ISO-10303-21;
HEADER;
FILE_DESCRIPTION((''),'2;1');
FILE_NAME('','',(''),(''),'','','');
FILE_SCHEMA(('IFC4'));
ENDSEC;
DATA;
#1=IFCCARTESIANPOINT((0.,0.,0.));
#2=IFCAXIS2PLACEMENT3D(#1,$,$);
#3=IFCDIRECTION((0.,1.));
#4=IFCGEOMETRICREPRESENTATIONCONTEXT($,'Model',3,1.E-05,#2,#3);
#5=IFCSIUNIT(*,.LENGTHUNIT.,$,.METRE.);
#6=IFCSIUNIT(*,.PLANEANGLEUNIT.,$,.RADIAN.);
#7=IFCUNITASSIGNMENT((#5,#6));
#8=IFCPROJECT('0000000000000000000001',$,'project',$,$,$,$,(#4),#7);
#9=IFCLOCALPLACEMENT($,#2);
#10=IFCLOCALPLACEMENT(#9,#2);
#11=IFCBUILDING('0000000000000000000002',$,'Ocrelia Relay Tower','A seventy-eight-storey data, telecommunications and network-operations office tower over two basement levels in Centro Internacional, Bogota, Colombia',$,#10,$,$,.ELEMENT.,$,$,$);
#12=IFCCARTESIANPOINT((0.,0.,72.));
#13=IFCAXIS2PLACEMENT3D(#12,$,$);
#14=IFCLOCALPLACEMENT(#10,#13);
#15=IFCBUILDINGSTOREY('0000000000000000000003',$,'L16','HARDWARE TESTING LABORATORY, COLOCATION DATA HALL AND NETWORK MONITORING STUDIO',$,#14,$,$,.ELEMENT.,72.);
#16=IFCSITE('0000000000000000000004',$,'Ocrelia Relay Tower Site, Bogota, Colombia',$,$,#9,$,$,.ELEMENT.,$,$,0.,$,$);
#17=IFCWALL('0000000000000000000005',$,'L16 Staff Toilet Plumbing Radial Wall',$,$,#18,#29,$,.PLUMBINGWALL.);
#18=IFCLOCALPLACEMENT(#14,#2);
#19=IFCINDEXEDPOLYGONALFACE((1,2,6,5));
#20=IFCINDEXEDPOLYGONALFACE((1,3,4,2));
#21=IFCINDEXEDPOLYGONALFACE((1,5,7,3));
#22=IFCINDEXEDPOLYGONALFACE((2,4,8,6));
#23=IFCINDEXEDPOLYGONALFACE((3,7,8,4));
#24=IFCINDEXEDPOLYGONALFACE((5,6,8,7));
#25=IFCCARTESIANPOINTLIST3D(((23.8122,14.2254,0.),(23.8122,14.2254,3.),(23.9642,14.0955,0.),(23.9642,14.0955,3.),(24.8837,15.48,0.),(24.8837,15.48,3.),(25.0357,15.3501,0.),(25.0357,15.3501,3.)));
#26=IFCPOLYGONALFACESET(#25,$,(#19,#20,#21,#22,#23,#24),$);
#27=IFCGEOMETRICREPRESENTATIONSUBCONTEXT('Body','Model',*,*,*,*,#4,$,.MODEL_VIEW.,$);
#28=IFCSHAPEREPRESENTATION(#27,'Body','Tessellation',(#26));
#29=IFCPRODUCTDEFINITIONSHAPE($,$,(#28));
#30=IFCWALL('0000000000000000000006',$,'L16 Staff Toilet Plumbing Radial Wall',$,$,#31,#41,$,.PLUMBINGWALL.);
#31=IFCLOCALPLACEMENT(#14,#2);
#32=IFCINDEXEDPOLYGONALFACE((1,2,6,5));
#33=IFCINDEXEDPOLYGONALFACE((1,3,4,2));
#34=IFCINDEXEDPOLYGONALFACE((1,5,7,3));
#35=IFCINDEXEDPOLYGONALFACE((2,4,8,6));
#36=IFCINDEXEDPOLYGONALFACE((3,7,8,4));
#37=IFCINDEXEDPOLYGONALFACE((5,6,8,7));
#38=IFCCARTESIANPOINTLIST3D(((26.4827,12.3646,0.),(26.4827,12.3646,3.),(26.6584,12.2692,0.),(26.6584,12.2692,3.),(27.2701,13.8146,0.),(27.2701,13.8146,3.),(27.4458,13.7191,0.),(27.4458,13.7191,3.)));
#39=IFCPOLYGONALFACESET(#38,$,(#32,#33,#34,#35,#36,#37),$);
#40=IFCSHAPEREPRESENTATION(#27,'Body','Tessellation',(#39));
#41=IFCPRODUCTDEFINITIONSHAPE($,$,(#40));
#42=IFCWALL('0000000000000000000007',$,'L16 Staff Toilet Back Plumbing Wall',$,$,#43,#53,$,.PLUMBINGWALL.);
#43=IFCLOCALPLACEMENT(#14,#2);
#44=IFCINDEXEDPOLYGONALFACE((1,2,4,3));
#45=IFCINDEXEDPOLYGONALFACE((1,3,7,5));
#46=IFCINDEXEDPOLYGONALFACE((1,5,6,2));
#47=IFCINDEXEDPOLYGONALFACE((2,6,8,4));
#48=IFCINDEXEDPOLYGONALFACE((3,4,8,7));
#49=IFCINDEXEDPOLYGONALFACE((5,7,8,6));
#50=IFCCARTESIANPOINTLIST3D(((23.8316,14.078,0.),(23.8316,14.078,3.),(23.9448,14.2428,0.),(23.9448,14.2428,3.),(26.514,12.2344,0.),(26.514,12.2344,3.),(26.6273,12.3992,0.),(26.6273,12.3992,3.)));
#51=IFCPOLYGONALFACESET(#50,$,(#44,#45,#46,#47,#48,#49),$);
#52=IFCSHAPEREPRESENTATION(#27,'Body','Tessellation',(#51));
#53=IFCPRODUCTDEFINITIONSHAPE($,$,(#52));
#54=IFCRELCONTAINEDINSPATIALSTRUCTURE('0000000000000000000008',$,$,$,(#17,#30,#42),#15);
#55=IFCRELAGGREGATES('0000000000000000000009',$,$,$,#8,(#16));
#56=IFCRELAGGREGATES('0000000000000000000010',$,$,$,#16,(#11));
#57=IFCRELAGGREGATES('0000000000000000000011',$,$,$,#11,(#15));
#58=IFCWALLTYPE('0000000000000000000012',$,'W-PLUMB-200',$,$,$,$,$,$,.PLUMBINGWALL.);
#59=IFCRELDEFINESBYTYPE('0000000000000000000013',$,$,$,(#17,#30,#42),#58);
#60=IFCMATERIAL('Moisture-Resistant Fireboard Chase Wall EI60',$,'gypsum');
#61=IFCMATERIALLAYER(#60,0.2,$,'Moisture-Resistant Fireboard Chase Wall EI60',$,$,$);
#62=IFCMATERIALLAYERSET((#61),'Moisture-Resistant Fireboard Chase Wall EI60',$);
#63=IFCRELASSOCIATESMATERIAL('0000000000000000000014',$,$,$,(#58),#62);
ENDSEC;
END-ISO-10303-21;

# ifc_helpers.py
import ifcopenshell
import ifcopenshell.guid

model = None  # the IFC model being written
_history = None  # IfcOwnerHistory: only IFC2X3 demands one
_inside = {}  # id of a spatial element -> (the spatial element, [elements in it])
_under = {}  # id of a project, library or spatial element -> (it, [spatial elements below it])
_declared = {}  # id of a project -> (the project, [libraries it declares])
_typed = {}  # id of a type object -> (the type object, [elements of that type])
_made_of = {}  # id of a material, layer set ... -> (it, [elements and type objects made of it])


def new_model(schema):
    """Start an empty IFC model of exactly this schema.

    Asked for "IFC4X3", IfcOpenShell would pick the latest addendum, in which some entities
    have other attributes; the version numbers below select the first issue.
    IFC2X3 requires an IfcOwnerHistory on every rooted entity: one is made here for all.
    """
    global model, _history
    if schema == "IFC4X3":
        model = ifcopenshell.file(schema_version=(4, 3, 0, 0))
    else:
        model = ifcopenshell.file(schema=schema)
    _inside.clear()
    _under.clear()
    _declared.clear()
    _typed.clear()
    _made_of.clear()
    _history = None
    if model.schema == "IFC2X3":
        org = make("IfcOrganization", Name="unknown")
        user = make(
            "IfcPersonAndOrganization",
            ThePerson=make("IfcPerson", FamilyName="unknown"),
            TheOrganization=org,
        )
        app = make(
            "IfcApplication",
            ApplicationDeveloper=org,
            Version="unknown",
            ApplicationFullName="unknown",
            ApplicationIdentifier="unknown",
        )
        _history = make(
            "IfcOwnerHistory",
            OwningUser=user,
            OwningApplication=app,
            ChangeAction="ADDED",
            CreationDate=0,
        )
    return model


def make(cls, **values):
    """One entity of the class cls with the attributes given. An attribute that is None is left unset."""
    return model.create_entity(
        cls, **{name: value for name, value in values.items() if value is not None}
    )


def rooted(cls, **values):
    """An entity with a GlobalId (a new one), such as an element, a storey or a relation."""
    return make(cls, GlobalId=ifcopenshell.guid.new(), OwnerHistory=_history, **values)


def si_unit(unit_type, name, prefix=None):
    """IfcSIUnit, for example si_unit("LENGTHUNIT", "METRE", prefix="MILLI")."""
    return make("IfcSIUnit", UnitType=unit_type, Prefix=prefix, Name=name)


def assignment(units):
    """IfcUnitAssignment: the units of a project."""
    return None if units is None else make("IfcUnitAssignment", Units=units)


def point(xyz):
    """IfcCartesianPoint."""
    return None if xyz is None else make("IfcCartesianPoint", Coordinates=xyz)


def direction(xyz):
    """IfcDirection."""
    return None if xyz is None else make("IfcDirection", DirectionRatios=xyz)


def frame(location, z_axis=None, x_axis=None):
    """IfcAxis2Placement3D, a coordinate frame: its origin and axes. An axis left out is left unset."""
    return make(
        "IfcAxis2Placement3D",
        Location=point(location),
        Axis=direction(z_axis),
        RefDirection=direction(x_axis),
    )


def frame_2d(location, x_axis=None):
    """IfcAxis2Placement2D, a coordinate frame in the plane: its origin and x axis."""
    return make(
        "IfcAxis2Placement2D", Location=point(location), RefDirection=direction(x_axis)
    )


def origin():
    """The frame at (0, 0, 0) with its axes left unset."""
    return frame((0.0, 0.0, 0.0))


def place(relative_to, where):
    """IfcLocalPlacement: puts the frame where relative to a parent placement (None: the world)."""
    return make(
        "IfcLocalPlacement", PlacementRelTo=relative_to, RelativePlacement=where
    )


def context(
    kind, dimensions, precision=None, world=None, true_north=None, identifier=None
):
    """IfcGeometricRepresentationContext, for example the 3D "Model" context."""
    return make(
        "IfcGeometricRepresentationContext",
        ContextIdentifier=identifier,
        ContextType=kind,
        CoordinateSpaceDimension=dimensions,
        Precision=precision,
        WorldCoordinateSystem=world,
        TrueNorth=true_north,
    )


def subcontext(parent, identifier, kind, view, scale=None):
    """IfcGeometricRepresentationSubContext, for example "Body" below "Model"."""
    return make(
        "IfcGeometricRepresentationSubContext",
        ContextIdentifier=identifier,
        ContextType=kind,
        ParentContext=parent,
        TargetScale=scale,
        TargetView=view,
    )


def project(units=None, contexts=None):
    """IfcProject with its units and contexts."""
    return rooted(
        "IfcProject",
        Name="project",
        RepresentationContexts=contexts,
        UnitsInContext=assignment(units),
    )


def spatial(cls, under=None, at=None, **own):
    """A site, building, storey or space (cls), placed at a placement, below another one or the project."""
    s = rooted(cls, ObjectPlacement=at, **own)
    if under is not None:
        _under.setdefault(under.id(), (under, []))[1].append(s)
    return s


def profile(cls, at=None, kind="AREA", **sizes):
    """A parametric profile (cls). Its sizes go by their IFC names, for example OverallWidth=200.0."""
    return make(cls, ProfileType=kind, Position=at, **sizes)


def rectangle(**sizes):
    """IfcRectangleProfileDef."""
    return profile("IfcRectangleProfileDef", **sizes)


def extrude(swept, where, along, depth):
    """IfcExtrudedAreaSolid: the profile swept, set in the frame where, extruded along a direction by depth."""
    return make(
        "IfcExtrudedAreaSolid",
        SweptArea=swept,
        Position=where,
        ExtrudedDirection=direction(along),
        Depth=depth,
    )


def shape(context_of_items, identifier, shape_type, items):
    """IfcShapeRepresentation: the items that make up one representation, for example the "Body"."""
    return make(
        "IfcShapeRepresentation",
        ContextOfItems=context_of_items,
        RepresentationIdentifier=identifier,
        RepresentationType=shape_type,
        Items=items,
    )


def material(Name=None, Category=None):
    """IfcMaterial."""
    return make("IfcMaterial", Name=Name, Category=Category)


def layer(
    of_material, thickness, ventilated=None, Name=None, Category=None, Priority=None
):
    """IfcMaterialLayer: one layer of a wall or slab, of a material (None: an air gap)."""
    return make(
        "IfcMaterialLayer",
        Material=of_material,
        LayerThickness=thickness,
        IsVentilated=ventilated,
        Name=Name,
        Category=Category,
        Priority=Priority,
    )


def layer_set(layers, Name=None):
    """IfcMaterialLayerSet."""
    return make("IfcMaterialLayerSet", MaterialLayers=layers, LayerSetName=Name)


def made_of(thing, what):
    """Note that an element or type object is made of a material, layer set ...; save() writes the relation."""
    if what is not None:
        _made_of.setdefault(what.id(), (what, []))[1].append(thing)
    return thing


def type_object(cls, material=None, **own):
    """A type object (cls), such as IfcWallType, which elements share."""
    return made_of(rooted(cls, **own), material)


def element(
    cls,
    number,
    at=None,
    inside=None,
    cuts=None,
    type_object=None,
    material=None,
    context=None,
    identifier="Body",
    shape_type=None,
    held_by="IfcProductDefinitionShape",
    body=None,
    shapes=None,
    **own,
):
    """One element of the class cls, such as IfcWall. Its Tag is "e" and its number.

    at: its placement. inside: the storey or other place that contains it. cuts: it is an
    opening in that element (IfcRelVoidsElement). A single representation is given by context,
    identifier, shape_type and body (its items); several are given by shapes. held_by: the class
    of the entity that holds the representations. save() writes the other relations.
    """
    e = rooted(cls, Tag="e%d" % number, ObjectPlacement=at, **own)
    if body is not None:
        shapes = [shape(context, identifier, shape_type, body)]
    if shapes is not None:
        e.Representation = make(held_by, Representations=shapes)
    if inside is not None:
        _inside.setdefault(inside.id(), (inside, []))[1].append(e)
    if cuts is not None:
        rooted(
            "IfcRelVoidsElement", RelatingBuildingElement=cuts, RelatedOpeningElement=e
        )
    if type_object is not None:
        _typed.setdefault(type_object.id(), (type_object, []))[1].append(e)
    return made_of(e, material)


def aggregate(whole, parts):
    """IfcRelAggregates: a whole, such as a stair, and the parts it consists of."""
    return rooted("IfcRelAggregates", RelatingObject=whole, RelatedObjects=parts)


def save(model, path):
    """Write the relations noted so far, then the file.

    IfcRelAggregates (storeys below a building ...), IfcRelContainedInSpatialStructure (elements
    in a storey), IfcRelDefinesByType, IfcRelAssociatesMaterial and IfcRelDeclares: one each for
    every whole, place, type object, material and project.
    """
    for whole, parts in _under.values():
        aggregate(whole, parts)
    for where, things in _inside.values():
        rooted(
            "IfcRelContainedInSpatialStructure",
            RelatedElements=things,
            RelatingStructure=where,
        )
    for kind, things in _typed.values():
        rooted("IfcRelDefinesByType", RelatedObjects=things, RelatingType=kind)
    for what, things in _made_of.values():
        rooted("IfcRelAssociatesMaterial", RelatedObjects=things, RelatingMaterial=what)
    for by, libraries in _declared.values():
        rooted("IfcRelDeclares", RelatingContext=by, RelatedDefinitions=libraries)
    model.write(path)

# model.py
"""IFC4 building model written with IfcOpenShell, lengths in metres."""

from ifc_helpers import new_model, si_unit, direction, frame, frame_2d, origin, place, context, subcontext, project, spatial, rectangle, extrude, material, layer, layer_set, type_object, element, save


model = new_model("IFC4")

# Units and contexts
model_context = context("Model", 3, precision=1e-05, world=origin(), true_north=direction((0.0, 1.0)))
body_context = subcontext(model_context, "Body", "Model", "MODEL_VIEW")
ifc_project = project(units=[si_unit("LENGTHUNIT", "METRE"), si_unit("PLANEANGLEUNIT", "RADIAN")], contexts=[model_context])

# Site, building, storey
site_placement = place(None, origin())
site = spatial("IfcSite", under=ifc_project, at=site_placement, Name="Ocrelia Relay Tower Site, Bogota, Colombia", CompositionType="ELEMENT", RefElevation=0.0)
building_placement = place(site_placement, origin())
building = spatial("IfcBuilding", under=site, at=building_placement, Name="Ocrelia Relay Tower", Description="A seventy-eight-storey data, telecommunications and network-operations office tower over two basement levels in Centro Internacional, Bogota, Colombia", CompositionType="ELEMENT")
storey_placement = place(building_placement, frame((0.0, 0.0, 72.0)))
storey = spatial("IfcBuildingStorey", under=building, at=storey_placement, Name="L16", Description="HARDWARE TESTING LABORATORY, COLOCATION DATA HALL AND NETWORK MONITORING STUDIO", CompositionType="ELEMENT", Elevation=72.0)

# Walls
ifc_material_1 = material(Name="Moisture-Resistant Fireboard Chase Wall EI60", Category="gypsum")
ifc_layer_1 = layer(ifc_material_1, 0.2, Name="Moisture-Resistant Fireboard Chase Wall EI60")
ifc_layer_set_1 = layer_set([ifc_layer_1], Name="Moisture-Resistant Fireboard Chase Wall EI60")
wall_type_1 = type_object("IfcWallType", Name="W-PLUMB-200", PredefinedType="PLUMBINGWALL", material=ifc_layer_set_1)
for number, where, z_axis, x_axis, name in (
    (1, (24.9597, 15.415, 0.0), (0.0, 0.0, 1.0), (-0.649438, -0.760415, 0.0), "L16 Staff Toilet Plumbing Radial Wall"),
    (2, (27.3579, 13.7668, 0.0), (0.0, 0.0, 1.0), (-0.477203, -0.878793, 0.0), "L16 Staff Toilet Plumbing Radial Wall"),
):
    element("IfcWall", number, at=place(storey_placement, frame(where, z_axis=z_axis, x_axis=x_axis)), inside=storey, type_object=wall_type_1, Name=name, PredefinedType="PLUMBINGWALL", context=body_context, shape_type="SweptSolid", body=[
        extrude(rectangle(XDim=1.6499, YDim=0.2, at=frame_2d((0.825, 0.0))), origin(), (0.0, 0.0, 1.0), 3.0),
    ])
wall_1_placement = place(storey_placement, frame((23.8882, 14.1604, 0.0), z_axis=(0.0, 0.0, 1.0), x_axis=(0.824132, -0.566398, 0.0)))
element("IfcWall", 3, at=wall_1_placement, inside=storey, type_object=wall_type_1, Name="L16 Staff Toilet Back Plumbing Wall", PredefinedType="PLUMBINGWALL", context=body_context, shape_type="SweptSolid", body=[
    extrude(rectangle(XDim=3.2549, YDim=0.2, at=frame_2d((1.6274, 0.0))), origin(), (0.0, 0.0, 1.0), 3.0),
])

save(model, "model.ifc")
